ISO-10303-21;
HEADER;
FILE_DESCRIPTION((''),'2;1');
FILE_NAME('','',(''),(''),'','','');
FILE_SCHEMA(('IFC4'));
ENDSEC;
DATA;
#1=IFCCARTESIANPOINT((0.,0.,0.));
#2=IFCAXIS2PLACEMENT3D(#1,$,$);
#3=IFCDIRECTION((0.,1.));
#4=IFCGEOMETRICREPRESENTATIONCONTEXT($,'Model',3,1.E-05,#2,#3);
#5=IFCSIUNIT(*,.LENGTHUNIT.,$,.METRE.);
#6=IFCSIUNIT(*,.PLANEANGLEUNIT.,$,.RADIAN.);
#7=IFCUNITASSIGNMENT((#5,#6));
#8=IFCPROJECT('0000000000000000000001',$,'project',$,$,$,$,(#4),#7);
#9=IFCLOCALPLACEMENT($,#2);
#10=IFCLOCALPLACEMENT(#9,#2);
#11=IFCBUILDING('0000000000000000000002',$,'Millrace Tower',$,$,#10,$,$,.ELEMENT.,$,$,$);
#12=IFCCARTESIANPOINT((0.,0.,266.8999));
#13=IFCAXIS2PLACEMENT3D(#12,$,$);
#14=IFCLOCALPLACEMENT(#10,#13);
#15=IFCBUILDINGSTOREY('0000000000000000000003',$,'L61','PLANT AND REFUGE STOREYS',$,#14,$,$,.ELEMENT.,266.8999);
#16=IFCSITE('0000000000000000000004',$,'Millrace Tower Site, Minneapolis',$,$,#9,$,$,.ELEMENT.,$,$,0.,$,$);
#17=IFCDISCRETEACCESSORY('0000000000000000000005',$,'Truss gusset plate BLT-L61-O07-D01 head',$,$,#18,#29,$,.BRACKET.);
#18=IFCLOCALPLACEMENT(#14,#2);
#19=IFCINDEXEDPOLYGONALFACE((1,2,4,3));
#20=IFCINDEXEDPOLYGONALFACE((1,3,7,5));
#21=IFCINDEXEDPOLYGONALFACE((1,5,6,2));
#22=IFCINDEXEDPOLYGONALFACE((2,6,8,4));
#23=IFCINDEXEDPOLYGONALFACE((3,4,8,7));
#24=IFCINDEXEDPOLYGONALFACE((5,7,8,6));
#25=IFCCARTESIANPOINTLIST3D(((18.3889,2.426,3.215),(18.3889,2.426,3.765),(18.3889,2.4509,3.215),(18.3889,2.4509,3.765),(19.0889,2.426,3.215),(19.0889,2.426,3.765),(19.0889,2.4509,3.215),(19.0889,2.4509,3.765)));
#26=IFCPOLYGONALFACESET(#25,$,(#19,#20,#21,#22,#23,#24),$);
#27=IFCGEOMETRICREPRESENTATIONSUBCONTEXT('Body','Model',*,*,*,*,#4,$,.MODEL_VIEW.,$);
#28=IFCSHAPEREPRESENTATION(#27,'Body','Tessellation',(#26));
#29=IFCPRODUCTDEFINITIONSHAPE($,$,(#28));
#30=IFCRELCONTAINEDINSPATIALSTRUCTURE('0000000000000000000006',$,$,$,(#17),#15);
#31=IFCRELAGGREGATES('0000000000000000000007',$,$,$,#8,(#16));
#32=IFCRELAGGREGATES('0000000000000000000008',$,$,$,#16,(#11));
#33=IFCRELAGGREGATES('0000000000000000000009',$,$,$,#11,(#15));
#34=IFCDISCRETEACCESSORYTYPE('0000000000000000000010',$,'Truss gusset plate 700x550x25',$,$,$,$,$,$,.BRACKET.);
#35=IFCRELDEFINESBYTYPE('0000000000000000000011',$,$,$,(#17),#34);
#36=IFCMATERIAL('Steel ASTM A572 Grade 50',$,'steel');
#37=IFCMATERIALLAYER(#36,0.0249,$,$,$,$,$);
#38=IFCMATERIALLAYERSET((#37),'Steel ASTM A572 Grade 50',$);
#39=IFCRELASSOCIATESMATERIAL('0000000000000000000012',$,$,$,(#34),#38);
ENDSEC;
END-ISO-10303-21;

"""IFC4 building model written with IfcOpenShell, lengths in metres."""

from ifc_helpers import new_model, si_unit, direction, frame, origin, origin_2d, place, context, subcontext, project, spatial, rectangle, extrude, material, layer, layer_set, type_object, element, save


model = new_model("IFC4")

# Units and contexts
model_context = context("Model", 3, precision=1e-05, world=origin(), true_north=direction((0.0, 1.0)))
body_context = subcontext(model_context, "Body", "Model", "MODEL_VIEW")
ifc_project = project(units=[si_unit("LENGTHUNIT", "METRE"), si_unit("PLANEANGLEUNIT", "RADIAN")], contexts=[model_context])

# Site, building, storey
site_placement = place(None, origin())
site = spatial("IfcSite", under=ifc_project, at=site_placement, Name="Millrace Tower Site, Minneapolis", CompositionType="ELEMENT", RefElevation=0.0)
building_placement = place(site_placement, origin())
building = spatial("IfcBuilding", under=site, at=building_placement, Name="Millrace Tower", CompositionType="ELEMENT")
storey_placement = place(building_placement, frame((0.0, 0.0, 266.8999)))
storey = spatial("IfcBuildingStorey", under=building, at=storey_placement, Name="L61", Description="PLANT AND REFUGE STOREYS", CompositionType="ELEMENT", Elevation=266.8999)

# Discrete accessory
ifc_material_1 = material(Name="Steel ASTM A572 Grade 50", Category="steel")
ifc_layer_1 = layer(ifc_material_1, 0.0249)
ifc_layer_set_1 = layer_set([ifc_layer_1], Name="Steel ASTM A572 Grade 50")
discrete_accessory_type = type_object("IfcDiscreteAccessoryType", Name="Truss gusset plate 700x550x25", PredefinedType="BRACKET", material=ifc_layer_set_1)
discrete_accessory_1_placement = place(storey_placement, frame((18.3889, 2.4385, 3.49), z_axis=(1.0, 0.0, 0.0), x_axis=(0.0, 1.0, 0.0)))
element("IfcDiscreteAccessory", 1, at=discrete_accessory_1_placement, inside=storey, type_object=discrete_accessory_type, Name="Truss gusset plate BLT-L61-O07-D01 head", PredefinedType="BRACKET", context=body_context, shape_type="SweptSolid", body=[
    extrude(rectangle(XDim=0.0249, YDim=0.55, at=origin_2d()), origin(), (0.0, 0.0, 1.0), 0.7),
])

save(model, "model.ifc")
